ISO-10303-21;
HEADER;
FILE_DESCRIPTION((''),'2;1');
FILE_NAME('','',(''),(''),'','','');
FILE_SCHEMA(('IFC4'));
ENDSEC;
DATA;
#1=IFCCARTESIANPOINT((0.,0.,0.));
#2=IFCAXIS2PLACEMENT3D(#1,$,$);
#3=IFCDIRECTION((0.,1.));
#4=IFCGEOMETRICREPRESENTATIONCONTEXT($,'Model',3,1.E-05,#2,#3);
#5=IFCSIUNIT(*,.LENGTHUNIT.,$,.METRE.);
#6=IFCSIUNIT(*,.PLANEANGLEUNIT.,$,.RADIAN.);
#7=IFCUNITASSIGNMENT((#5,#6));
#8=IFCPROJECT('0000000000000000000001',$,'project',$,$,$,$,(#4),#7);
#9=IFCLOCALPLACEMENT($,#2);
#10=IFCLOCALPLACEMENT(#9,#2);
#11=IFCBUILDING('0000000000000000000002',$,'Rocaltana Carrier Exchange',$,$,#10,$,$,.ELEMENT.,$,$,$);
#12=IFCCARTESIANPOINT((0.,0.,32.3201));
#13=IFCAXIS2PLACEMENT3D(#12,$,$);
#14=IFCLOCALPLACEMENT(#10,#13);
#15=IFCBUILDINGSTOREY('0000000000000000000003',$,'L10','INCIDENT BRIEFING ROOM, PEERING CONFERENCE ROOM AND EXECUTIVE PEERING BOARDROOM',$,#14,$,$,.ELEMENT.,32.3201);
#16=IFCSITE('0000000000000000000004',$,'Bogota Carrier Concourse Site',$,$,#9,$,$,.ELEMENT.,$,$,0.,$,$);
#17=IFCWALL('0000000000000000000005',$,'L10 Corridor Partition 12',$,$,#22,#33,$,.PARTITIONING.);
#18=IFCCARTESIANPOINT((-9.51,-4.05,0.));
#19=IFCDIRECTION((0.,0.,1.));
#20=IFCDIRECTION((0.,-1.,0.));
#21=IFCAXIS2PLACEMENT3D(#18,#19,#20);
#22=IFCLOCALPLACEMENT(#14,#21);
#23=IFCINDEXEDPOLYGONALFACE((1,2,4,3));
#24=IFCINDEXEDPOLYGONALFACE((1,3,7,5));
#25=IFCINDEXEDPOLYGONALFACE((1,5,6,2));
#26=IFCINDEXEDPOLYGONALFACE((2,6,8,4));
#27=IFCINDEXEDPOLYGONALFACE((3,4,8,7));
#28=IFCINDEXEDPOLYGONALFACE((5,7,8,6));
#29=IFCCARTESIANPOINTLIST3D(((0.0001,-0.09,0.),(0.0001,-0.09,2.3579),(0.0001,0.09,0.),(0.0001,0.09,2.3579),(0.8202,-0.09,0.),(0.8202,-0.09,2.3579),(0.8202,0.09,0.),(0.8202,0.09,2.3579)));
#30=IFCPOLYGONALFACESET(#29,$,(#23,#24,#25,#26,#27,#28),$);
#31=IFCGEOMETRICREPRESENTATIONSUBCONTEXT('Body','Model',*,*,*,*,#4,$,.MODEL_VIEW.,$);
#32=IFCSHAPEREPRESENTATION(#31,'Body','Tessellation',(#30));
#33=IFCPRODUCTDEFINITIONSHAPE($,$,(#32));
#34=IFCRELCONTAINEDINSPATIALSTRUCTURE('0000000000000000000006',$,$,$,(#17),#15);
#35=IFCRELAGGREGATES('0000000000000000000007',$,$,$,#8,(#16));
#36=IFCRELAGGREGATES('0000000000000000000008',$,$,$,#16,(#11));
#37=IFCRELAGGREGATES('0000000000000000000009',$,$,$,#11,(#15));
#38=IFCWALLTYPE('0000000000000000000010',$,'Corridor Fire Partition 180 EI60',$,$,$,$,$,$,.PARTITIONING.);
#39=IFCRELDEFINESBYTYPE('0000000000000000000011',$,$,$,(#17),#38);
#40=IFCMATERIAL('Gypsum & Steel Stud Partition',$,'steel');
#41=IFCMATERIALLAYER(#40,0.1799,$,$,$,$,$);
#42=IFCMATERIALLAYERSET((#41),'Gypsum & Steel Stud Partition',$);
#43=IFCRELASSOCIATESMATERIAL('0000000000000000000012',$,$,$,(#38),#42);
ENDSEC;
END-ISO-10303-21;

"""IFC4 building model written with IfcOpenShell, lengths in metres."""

from ifc_helpers import new_model, si_unit, direction, frame, frame_2d, origin, place, context, subcontext, project, spatial, rectangle, extrude, material, layer, layer_set, type_object, element, save


model = new_model("IFC4")

# Units and contexts
model_context = context("Model", 3, precision=1e-05, world=origin(), true_north=direction((0.0, 1.0)))
body_context = subcontext(model_context, "Body", "Model", "MODEL_VIEW")
ifc_project = project(units=[si_unit("LENGTHUNIT", "METRE"), si_unit("PLANEANGLEUNIT", "RADIAN")], contexts=[model_context])

# Site, building, storey
site_placement = place(None, origin())
site = spatial("IfcSite", under=ifc_project, at=site_placement, Name="Bogota Carrier Concourse Site", CompositionType="ELEMENT", RefElevation=0.0)
building_placement = place(site_placement, origin())
building = spatial("IfcBuilding", under=site, at=building_placement, Name="Rocaltana Carrier Exchange", CompositionType="ELEMENT")
storey_placement = place(building_placement, frame((0.0, 0.0, 32.3201)))
storey = spatial("IfcBuildingStorey", under=building, at=storey_placement, Name="L10", Description="INCIDENT BRIEFING ROOM, PEERING CONFERENCE ROOM AND EXECUTIVE PEERING BOARDROOM", CompositionType="ELEMENT", Elevation=32.3201)

# Shared definitions
ifc_material_1 = material(Name="Gypsum & Steel Stud Partition", Category="steel")
ifc_layer_1 = layer(ifc_material_1, 0.1799)
ifc_layer_set_1 = layer_set([ifc_layer_1], Name="Gypsum & Steel Stud Partition")
wall_type_1 = type_object("IfcWallType", Name="Corridor Fire Partition 180 EI60", PredefinedType="PARTITIONING", material=ifc_layer_set_1)

# Wall
wall_1_placement = place(storey_placement, frame((-9.51, -4.05, 0.0), z_axis=(0.0, 0.0, 1.0), x_axis=(0.0, -1.0, 0.0)))
element("IfcWall", 1, at=wall_1_placement, inside=storey, type_object=wall_type_1, Name="L10 Corridor Partition 12", PredefinedType="PARTITIONING", context=body_context, shape_type="SweptSolid", body=[
    extrude(rectangle(XDim=0.8201, YDim=0.1799, at=frame_2d((0.4102, 0.0))), origin(), (0.0, 0.0, 1.0), 2.3579),
])

save(model, "model.ifc")
